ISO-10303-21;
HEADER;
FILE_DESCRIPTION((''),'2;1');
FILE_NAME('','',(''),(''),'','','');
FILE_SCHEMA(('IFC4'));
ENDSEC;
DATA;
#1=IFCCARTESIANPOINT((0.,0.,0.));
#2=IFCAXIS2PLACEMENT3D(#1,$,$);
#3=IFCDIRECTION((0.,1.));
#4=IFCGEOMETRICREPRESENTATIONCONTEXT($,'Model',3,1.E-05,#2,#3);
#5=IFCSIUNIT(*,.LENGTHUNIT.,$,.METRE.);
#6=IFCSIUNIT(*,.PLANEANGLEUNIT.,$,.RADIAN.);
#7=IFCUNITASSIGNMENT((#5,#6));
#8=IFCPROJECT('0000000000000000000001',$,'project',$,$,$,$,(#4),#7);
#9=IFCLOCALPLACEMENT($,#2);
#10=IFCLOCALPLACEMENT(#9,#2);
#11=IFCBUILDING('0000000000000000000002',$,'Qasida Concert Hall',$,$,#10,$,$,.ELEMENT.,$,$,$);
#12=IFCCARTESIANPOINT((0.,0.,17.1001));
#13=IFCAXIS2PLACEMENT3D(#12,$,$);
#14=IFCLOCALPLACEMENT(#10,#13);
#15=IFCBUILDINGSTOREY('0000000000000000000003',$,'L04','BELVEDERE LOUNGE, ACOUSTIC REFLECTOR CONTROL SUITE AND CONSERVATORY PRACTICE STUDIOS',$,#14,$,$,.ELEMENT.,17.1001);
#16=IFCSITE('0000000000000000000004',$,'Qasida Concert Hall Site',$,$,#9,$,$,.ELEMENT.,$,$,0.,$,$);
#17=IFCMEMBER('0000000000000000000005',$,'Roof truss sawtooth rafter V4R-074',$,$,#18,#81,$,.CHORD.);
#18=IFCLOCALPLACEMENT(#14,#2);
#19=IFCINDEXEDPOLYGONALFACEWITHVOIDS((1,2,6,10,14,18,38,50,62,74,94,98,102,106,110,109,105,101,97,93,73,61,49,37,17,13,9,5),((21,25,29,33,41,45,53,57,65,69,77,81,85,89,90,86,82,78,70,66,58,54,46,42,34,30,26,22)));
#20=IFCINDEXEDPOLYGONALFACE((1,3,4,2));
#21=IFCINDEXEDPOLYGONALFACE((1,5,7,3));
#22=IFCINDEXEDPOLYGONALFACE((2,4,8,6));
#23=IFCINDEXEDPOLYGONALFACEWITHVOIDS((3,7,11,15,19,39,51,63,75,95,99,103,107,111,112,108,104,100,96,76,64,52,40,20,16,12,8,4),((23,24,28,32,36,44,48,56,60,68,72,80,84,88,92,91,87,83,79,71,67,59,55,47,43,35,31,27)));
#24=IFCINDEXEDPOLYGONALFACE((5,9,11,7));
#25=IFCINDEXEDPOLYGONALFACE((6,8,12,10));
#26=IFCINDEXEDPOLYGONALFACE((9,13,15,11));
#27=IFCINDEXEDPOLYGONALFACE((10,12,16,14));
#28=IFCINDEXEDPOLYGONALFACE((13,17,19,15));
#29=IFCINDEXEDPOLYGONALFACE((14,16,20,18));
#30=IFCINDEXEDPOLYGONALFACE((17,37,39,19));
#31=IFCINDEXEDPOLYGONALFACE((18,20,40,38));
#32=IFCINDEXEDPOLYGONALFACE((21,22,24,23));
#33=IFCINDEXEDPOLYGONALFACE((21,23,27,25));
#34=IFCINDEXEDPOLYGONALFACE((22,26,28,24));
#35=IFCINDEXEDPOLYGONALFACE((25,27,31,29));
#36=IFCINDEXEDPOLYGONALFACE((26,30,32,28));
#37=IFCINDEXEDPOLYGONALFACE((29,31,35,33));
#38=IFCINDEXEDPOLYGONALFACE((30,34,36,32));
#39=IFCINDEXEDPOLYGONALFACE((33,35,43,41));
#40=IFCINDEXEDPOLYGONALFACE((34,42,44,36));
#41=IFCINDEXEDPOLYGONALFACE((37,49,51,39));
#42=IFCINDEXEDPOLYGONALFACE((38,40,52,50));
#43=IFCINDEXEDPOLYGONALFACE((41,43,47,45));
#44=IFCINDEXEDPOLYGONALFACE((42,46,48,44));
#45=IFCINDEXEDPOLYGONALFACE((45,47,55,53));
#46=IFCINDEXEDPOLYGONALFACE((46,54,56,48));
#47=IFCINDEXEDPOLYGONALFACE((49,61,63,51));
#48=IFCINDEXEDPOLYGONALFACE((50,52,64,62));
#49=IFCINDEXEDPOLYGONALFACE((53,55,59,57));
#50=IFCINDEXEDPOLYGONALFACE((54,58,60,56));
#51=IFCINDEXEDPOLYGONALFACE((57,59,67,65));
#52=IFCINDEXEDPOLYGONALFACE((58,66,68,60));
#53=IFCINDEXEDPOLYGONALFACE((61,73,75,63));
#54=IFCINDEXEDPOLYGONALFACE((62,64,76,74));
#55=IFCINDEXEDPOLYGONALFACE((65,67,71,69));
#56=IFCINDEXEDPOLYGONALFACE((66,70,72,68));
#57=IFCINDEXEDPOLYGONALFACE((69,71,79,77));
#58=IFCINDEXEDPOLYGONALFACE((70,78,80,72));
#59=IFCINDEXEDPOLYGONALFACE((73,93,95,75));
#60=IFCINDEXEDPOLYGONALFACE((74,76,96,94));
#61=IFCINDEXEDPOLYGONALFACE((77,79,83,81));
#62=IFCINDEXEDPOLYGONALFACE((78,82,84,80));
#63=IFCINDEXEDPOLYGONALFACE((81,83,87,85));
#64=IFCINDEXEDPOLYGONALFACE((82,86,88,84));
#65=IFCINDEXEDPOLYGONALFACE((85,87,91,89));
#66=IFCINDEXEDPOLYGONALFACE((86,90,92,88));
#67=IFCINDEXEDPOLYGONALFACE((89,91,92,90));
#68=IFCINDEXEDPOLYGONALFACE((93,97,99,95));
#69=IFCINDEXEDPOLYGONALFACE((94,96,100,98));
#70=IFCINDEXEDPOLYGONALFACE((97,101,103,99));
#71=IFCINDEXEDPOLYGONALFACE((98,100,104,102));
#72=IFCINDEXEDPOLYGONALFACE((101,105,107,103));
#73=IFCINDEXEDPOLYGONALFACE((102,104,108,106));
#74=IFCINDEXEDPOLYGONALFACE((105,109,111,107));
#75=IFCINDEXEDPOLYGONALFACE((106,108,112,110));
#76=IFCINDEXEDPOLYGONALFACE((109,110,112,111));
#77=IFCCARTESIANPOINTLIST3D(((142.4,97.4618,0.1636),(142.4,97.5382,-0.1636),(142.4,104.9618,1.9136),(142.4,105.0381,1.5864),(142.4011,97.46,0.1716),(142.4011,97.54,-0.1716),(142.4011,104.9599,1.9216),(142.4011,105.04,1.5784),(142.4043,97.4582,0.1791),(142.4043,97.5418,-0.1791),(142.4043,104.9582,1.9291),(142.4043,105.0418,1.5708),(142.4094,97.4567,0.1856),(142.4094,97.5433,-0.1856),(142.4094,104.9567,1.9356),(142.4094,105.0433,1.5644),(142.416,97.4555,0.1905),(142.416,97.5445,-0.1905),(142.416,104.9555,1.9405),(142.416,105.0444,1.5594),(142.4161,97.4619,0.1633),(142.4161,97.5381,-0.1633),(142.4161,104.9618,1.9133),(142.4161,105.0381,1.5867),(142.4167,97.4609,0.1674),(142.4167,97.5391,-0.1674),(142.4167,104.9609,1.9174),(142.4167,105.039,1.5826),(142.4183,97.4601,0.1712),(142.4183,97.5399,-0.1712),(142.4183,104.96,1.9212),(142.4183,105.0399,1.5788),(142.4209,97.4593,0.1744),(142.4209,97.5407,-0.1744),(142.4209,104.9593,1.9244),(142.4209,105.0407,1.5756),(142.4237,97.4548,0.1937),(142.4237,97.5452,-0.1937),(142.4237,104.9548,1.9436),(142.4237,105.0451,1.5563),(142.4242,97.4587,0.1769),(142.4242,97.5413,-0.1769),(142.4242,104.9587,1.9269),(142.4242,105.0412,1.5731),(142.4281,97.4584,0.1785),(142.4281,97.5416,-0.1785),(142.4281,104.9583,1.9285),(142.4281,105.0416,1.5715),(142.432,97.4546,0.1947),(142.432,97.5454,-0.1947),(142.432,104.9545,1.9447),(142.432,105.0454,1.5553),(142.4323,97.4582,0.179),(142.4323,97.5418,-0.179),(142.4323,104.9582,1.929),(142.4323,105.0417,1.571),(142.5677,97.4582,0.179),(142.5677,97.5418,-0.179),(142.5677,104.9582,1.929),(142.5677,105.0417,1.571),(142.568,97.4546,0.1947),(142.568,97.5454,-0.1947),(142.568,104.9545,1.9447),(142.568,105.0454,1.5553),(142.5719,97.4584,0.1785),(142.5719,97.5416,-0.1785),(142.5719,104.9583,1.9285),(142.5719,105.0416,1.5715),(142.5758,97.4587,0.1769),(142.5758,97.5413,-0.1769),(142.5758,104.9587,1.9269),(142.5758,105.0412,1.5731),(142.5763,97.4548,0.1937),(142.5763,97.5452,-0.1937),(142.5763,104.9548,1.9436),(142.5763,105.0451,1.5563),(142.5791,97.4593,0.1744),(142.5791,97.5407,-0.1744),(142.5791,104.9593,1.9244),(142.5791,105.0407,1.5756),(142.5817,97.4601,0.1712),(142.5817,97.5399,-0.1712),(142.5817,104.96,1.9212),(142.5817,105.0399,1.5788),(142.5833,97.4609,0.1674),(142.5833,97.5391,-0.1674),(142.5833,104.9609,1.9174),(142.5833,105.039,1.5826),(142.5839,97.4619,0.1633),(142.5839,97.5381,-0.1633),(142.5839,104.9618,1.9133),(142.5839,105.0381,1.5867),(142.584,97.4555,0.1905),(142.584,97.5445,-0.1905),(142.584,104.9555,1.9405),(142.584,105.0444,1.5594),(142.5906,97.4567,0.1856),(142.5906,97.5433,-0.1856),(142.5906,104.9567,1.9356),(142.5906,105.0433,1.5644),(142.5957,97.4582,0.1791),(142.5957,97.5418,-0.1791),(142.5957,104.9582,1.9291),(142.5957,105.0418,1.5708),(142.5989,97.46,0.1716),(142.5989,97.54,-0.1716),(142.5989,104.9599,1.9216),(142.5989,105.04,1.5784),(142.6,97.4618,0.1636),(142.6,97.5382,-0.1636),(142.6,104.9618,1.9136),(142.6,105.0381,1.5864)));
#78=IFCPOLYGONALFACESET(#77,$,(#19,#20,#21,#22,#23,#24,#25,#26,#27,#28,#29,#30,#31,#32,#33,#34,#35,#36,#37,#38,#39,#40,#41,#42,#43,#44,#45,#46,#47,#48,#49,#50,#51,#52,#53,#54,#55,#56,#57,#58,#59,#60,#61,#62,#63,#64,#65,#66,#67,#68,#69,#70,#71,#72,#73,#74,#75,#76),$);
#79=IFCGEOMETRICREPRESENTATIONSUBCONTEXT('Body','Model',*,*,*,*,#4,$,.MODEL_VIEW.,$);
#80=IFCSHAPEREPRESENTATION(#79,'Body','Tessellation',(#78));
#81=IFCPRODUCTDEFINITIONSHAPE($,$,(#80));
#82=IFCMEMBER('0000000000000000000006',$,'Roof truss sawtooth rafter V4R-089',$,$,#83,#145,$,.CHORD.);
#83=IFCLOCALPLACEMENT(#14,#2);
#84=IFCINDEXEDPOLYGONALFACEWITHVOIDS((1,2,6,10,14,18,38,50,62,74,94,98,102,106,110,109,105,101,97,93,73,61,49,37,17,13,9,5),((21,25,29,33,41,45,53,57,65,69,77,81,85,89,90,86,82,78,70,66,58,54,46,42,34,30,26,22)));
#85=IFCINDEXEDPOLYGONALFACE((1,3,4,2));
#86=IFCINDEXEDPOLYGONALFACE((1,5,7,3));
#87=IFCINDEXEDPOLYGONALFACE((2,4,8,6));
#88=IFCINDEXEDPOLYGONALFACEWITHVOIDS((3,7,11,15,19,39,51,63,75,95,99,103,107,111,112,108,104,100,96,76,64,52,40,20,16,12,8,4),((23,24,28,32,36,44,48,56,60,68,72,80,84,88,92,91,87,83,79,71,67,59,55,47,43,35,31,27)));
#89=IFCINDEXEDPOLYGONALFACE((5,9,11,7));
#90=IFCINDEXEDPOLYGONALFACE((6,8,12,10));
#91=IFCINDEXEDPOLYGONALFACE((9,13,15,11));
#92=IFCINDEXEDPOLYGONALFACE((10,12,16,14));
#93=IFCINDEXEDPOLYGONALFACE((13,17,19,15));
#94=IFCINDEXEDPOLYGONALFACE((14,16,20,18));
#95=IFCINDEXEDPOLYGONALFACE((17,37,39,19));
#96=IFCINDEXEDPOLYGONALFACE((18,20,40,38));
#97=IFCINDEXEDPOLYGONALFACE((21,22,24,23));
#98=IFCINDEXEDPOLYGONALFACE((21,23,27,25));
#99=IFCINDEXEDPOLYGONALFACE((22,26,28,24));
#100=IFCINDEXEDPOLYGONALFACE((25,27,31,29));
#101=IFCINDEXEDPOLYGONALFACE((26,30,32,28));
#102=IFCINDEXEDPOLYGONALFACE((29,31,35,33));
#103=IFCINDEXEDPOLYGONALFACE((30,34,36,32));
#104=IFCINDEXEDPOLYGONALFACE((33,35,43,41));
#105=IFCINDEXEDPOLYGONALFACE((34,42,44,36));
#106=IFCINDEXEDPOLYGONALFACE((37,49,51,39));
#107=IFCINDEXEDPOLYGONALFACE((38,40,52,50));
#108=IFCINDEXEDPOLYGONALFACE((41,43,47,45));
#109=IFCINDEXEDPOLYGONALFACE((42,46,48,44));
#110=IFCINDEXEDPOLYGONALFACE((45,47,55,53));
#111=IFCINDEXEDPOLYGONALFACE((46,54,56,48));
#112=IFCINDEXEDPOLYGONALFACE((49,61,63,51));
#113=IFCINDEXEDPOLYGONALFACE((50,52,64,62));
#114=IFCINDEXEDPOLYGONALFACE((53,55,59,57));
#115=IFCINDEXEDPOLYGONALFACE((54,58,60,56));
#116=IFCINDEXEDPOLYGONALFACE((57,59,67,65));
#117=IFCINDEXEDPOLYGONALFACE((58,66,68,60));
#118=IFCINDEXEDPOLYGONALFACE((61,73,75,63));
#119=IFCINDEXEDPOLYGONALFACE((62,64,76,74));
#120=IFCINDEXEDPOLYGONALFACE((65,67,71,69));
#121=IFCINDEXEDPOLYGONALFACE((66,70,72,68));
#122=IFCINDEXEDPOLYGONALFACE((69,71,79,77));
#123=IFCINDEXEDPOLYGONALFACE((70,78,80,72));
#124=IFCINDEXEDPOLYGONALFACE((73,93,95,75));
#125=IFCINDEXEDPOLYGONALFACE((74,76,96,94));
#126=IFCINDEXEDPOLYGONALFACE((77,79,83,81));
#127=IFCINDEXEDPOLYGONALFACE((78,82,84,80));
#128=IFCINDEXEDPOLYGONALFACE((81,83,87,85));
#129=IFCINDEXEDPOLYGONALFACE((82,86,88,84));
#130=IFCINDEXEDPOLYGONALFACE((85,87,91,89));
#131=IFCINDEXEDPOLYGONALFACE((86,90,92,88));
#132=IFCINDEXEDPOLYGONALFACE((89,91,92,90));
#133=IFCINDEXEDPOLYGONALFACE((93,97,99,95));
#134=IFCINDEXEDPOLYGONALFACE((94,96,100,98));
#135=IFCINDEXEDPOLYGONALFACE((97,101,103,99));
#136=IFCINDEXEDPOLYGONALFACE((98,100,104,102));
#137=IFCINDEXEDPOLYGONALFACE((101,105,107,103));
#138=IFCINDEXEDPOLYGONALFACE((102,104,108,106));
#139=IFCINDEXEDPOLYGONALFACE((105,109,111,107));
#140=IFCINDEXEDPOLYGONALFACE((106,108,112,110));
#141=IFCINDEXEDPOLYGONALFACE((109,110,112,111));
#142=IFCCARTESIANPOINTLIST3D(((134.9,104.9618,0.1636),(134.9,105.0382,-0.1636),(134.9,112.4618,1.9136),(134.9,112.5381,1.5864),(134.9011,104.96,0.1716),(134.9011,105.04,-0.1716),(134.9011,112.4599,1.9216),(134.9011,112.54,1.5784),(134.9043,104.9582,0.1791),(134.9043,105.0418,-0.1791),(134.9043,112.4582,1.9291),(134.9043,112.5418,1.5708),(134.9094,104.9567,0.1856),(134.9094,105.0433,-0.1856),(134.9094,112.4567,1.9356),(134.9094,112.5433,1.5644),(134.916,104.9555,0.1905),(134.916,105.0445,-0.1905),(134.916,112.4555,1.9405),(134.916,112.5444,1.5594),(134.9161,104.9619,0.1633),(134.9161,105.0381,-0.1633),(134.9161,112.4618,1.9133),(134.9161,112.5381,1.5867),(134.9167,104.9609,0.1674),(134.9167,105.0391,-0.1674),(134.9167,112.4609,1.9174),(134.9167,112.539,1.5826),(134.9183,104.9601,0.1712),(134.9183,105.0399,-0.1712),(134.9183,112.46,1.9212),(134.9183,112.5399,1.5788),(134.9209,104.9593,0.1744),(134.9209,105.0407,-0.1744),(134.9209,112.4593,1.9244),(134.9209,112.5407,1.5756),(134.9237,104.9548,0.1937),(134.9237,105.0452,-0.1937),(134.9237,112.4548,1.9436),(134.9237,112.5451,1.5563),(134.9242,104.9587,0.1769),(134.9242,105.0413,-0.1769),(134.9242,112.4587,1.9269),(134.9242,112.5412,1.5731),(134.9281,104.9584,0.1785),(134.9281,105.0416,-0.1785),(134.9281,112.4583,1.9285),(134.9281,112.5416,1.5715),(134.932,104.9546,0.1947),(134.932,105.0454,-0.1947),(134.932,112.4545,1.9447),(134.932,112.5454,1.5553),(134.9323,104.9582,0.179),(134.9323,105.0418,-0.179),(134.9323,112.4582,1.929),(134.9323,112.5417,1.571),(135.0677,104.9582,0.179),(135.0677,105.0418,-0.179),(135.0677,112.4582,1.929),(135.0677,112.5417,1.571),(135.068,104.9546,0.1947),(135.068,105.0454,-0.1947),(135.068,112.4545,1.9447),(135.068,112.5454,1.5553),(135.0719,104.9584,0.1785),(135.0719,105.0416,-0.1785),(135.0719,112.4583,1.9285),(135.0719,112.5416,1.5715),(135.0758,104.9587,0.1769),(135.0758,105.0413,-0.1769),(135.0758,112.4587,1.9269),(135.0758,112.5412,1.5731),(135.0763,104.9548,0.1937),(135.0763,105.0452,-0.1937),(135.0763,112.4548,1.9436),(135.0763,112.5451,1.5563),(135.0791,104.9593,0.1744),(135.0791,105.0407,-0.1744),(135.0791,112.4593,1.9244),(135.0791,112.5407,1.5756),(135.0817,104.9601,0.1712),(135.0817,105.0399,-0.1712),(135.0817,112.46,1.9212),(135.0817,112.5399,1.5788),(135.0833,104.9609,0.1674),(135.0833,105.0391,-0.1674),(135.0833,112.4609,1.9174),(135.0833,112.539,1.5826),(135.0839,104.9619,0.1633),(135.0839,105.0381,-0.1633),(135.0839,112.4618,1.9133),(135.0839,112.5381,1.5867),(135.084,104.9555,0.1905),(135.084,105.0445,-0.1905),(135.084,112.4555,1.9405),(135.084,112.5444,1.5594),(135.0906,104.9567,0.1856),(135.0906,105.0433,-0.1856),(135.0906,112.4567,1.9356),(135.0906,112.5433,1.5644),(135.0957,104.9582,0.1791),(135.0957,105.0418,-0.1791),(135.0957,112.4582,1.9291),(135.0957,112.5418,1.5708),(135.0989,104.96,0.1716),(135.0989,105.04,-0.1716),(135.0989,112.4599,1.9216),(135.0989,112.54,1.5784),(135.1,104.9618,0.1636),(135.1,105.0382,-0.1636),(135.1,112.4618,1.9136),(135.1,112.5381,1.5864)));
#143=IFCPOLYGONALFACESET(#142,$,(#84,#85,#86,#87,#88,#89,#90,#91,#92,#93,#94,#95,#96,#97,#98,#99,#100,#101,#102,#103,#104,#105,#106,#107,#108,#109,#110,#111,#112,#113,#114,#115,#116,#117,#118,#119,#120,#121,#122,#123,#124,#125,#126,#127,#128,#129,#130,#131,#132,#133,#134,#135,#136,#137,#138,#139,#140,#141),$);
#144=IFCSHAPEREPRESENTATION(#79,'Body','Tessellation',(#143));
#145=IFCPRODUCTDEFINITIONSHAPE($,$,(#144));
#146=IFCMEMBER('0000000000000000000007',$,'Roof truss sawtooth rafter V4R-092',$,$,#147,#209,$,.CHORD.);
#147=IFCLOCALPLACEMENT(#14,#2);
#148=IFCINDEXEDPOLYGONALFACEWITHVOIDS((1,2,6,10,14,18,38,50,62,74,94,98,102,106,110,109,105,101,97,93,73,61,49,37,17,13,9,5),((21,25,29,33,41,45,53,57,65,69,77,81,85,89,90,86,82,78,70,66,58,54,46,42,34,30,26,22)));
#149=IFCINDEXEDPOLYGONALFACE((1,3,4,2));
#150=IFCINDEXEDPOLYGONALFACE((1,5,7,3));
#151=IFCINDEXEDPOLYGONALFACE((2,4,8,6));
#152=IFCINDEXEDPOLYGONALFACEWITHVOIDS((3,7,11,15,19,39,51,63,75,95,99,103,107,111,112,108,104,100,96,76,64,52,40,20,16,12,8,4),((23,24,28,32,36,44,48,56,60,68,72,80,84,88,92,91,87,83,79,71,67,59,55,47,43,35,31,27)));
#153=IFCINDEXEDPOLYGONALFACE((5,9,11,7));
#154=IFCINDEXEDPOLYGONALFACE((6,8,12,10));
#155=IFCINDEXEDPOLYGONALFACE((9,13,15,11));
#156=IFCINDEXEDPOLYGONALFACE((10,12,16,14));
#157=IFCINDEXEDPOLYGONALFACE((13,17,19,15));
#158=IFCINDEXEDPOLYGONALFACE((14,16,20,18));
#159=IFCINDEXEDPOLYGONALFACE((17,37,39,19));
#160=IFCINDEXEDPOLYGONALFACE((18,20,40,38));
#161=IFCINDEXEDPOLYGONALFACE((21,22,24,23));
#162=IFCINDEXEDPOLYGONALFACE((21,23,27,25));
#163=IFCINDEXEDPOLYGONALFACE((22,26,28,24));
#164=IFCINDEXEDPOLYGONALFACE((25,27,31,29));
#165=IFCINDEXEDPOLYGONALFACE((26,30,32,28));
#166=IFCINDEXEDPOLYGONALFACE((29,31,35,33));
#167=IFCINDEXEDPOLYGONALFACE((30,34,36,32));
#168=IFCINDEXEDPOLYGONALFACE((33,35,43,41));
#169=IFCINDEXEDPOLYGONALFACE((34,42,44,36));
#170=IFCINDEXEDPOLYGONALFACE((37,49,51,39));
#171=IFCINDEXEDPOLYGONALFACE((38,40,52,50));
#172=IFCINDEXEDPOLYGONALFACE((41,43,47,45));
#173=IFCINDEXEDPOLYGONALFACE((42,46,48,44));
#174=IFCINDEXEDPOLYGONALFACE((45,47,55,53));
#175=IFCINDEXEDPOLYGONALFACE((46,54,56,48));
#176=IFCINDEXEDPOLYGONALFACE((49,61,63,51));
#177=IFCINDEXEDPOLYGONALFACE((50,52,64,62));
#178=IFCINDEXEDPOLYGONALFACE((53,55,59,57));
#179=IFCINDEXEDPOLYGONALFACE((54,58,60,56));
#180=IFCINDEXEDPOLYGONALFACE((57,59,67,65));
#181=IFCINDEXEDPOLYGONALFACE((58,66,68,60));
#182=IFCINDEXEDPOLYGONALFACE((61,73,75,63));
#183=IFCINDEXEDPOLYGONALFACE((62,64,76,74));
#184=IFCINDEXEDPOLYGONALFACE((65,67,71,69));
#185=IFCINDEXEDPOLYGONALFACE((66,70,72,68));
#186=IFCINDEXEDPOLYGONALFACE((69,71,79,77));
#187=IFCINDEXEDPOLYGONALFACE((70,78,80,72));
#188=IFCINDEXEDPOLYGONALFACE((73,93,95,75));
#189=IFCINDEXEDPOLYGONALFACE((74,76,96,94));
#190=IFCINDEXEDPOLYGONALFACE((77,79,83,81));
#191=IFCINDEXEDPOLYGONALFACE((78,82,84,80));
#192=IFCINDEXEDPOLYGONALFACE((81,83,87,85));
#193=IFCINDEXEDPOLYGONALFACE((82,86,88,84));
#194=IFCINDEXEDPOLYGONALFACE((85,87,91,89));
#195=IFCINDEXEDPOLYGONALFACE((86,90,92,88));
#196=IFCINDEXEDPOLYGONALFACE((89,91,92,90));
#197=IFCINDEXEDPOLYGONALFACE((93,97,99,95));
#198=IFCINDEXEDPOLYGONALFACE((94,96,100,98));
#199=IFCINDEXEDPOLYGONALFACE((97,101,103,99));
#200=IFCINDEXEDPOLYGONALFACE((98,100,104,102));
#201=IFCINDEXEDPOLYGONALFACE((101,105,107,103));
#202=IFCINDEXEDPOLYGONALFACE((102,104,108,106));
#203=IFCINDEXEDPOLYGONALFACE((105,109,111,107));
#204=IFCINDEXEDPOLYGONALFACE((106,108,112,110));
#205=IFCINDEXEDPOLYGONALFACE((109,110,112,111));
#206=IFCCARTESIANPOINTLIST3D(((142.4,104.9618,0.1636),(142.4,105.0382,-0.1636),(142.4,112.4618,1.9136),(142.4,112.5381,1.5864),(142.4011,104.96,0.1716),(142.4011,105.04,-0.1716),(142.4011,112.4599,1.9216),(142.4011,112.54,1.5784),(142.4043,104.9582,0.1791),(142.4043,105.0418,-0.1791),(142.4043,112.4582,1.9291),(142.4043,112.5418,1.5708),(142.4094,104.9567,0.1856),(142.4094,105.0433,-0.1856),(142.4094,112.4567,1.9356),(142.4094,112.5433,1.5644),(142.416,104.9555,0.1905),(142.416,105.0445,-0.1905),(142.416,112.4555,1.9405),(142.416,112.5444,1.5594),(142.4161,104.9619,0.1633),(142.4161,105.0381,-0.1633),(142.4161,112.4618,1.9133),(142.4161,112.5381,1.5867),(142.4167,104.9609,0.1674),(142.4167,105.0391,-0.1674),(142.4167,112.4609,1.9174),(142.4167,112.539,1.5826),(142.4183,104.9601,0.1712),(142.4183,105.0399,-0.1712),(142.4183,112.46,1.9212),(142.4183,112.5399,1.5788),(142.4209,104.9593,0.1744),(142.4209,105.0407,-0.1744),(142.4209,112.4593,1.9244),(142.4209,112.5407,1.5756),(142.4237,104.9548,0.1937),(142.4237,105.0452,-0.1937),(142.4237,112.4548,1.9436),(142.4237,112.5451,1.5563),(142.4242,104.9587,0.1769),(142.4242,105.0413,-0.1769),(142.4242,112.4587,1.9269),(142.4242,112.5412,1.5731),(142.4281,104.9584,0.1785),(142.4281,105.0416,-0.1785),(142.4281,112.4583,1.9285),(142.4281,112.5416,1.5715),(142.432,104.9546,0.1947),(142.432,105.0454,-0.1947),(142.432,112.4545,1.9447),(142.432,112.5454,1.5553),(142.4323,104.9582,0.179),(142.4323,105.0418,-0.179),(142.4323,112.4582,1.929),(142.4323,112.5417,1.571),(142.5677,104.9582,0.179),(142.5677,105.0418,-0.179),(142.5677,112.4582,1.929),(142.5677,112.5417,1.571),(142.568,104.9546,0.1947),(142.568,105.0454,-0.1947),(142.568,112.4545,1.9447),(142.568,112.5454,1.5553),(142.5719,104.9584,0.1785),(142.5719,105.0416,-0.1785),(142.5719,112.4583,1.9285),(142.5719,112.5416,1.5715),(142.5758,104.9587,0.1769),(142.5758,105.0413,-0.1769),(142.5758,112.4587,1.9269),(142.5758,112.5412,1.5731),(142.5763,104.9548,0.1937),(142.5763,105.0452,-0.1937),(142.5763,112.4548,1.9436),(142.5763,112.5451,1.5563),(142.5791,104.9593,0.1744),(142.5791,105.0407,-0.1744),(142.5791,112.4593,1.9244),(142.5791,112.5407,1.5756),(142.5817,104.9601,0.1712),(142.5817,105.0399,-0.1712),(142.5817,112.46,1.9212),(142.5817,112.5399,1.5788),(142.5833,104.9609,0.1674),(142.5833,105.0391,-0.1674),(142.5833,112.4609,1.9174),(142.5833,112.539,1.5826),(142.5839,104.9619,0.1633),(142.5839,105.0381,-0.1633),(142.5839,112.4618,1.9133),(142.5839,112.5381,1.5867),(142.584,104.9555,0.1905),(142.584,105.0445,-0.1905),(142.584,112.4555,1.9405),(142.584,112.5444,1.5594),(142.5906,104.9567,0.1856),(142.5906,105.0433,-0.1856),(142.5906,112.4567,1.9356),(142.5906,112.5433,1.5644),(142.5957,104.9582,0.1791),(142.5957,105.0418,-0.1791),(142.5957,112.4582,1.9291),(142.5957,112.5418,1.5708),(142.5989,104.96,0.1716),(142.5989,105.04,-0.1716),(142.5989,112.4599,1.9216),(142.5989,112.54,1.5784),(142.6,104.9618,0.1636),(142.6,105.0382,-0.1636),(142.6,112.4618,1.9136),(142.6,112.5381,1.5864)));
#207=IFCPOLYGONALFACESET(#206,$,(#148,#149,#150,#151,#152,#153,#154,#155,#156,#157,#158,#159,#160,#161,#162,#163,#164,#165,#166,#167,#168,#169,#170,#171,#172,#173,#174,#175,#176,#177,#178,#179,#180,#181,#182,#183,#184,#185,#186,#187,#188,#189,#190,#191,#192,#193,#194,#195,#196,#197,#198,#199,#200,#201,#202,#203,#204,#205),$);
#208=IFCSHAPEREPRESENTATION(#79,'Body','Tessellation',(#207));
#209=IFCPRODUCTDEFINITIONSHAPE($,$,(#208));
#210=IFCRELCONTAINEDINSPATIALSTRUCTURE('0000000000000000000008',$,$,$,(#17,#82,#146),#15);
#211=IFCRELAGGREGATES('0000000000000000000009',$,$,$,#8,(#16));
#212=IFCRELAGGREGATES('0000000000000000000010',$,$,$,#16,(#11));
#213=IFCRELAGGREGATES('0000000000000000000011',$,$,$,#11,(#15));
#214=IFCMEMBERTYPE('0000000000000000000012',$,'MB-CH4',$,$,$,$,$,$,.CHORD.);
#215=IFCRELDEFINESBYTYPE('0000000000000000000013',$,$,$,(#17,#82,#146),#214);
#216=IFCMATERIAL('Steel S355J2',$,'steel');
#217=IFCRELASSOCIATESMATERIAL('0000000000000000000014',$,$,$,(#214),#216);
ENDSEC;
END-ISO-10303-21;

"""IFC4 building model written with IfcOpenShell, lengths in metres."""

from ifc_helpers import new_model, si_unit, direction, frame, origin, origin_2d, place, context, subcontext, project, spatial, hollow_rectangle, extrude, material, material_profile, profile_set, type_object, element, save


model = new_model("IFC4")

# Units and contexts
model_context = context("Model", 3, precision=1e-05, world=origin(), true_north=direction((0.0, 1.0)))
body_context = subcontext(model_context, "Body", "Model", "MODEL_VIEW")
ifc_project = project(units=[si_unit("LENGTHUNIT", "METRE"), si_unit("PLANEANGLEUNIT", "RADIAN")], contexts=[model_context])

# Site, building, storey
site_placement = place(None, origin())
site = spatial("IfcSite", under=ifc_project, at=site_placement, Name="Qasida Concert Hall Site", CompositionType="ELEMENT", RefElevation=0.0)
building_placement = place(site_placement, origin())
building = spatial("IfcBuilding", under=site, at=building_placement, Name="Qasida Concert Hall", CompositionType="ELEMENT")
storey_placement = place(building_placement, frame((0.0, 0.0, 17.1001)))
storey = spatial("IfcBuildingStorey", under=building, at=storey_placement, Name="L04", Description="BELVEDERE LOUNGE, ACOUSTIC REFLECTOR CONTROL SUITE AND CONSERVATORY PRACTICE STUDIOS", CompositionType="ELEMENT", Elevation=17.1001)

# Members
ifc_material = material(Name="Steel S355J2", Category="steel")
ifc_material_profile_1 = material_profile(ifc_material, hollow_rectangle(XDim=0.2, YDim=0.3999, WallThickness=0.0161, InnerFilletRadius=0.0161, OuterFilletRadius=0.032, at=origin_2d()), Name="RHS 400x200x16")
ifc_profile_set_1 = profile_set([ifc_material_profile_1], Name="Steel S355J2")
member_type_1 = type_object("IfcMemberType", Name="MB-CH4", PredefinedType="CHORD", material=ifc_profile_set_1)
for number, where, z_axis, x_axis, name in (
    (1, (142.5, 97.5, 0.0), (0.0, 0.973841, 0.22723), (-1.0, 0.0, 0.0), "Roof truss sawtooth rafter V4R-074"),
    (2, (135.0, 105.0, 0.0), (0.0, 0.973841, 0.22723), (-1.0, 0.0, 0.0), "Roof truss sawtooth rafter V4R-089"),
    (3, (142.5, 105.0, 0.0), (0.0, 0.973841, 0.22723), (-1.0, 0.0, 0.0), "Roof truss sawtooth rafter V4R-092"),
):
    element("IfcMember", number, at=place(storey_placement, frame(where, z_axis=z_axis, x_axis=x_axis)), inside=storey, type_object=member_type_1, Name=name, PredefinedType="CHORD", context=body_context, shape_type="SweptSolid", body=[
        extrude(hollow_rectangle(XDim=0.2, YDim=0.3999, WallThickness=0.0161, InnerFilletRadius=0.0161, OuterFilletRadius=0.032, at=origin_2d()), origin(), (0.0, 0.0, 1.0), 7.7014),
    ])

save(model, "model.ifc")
